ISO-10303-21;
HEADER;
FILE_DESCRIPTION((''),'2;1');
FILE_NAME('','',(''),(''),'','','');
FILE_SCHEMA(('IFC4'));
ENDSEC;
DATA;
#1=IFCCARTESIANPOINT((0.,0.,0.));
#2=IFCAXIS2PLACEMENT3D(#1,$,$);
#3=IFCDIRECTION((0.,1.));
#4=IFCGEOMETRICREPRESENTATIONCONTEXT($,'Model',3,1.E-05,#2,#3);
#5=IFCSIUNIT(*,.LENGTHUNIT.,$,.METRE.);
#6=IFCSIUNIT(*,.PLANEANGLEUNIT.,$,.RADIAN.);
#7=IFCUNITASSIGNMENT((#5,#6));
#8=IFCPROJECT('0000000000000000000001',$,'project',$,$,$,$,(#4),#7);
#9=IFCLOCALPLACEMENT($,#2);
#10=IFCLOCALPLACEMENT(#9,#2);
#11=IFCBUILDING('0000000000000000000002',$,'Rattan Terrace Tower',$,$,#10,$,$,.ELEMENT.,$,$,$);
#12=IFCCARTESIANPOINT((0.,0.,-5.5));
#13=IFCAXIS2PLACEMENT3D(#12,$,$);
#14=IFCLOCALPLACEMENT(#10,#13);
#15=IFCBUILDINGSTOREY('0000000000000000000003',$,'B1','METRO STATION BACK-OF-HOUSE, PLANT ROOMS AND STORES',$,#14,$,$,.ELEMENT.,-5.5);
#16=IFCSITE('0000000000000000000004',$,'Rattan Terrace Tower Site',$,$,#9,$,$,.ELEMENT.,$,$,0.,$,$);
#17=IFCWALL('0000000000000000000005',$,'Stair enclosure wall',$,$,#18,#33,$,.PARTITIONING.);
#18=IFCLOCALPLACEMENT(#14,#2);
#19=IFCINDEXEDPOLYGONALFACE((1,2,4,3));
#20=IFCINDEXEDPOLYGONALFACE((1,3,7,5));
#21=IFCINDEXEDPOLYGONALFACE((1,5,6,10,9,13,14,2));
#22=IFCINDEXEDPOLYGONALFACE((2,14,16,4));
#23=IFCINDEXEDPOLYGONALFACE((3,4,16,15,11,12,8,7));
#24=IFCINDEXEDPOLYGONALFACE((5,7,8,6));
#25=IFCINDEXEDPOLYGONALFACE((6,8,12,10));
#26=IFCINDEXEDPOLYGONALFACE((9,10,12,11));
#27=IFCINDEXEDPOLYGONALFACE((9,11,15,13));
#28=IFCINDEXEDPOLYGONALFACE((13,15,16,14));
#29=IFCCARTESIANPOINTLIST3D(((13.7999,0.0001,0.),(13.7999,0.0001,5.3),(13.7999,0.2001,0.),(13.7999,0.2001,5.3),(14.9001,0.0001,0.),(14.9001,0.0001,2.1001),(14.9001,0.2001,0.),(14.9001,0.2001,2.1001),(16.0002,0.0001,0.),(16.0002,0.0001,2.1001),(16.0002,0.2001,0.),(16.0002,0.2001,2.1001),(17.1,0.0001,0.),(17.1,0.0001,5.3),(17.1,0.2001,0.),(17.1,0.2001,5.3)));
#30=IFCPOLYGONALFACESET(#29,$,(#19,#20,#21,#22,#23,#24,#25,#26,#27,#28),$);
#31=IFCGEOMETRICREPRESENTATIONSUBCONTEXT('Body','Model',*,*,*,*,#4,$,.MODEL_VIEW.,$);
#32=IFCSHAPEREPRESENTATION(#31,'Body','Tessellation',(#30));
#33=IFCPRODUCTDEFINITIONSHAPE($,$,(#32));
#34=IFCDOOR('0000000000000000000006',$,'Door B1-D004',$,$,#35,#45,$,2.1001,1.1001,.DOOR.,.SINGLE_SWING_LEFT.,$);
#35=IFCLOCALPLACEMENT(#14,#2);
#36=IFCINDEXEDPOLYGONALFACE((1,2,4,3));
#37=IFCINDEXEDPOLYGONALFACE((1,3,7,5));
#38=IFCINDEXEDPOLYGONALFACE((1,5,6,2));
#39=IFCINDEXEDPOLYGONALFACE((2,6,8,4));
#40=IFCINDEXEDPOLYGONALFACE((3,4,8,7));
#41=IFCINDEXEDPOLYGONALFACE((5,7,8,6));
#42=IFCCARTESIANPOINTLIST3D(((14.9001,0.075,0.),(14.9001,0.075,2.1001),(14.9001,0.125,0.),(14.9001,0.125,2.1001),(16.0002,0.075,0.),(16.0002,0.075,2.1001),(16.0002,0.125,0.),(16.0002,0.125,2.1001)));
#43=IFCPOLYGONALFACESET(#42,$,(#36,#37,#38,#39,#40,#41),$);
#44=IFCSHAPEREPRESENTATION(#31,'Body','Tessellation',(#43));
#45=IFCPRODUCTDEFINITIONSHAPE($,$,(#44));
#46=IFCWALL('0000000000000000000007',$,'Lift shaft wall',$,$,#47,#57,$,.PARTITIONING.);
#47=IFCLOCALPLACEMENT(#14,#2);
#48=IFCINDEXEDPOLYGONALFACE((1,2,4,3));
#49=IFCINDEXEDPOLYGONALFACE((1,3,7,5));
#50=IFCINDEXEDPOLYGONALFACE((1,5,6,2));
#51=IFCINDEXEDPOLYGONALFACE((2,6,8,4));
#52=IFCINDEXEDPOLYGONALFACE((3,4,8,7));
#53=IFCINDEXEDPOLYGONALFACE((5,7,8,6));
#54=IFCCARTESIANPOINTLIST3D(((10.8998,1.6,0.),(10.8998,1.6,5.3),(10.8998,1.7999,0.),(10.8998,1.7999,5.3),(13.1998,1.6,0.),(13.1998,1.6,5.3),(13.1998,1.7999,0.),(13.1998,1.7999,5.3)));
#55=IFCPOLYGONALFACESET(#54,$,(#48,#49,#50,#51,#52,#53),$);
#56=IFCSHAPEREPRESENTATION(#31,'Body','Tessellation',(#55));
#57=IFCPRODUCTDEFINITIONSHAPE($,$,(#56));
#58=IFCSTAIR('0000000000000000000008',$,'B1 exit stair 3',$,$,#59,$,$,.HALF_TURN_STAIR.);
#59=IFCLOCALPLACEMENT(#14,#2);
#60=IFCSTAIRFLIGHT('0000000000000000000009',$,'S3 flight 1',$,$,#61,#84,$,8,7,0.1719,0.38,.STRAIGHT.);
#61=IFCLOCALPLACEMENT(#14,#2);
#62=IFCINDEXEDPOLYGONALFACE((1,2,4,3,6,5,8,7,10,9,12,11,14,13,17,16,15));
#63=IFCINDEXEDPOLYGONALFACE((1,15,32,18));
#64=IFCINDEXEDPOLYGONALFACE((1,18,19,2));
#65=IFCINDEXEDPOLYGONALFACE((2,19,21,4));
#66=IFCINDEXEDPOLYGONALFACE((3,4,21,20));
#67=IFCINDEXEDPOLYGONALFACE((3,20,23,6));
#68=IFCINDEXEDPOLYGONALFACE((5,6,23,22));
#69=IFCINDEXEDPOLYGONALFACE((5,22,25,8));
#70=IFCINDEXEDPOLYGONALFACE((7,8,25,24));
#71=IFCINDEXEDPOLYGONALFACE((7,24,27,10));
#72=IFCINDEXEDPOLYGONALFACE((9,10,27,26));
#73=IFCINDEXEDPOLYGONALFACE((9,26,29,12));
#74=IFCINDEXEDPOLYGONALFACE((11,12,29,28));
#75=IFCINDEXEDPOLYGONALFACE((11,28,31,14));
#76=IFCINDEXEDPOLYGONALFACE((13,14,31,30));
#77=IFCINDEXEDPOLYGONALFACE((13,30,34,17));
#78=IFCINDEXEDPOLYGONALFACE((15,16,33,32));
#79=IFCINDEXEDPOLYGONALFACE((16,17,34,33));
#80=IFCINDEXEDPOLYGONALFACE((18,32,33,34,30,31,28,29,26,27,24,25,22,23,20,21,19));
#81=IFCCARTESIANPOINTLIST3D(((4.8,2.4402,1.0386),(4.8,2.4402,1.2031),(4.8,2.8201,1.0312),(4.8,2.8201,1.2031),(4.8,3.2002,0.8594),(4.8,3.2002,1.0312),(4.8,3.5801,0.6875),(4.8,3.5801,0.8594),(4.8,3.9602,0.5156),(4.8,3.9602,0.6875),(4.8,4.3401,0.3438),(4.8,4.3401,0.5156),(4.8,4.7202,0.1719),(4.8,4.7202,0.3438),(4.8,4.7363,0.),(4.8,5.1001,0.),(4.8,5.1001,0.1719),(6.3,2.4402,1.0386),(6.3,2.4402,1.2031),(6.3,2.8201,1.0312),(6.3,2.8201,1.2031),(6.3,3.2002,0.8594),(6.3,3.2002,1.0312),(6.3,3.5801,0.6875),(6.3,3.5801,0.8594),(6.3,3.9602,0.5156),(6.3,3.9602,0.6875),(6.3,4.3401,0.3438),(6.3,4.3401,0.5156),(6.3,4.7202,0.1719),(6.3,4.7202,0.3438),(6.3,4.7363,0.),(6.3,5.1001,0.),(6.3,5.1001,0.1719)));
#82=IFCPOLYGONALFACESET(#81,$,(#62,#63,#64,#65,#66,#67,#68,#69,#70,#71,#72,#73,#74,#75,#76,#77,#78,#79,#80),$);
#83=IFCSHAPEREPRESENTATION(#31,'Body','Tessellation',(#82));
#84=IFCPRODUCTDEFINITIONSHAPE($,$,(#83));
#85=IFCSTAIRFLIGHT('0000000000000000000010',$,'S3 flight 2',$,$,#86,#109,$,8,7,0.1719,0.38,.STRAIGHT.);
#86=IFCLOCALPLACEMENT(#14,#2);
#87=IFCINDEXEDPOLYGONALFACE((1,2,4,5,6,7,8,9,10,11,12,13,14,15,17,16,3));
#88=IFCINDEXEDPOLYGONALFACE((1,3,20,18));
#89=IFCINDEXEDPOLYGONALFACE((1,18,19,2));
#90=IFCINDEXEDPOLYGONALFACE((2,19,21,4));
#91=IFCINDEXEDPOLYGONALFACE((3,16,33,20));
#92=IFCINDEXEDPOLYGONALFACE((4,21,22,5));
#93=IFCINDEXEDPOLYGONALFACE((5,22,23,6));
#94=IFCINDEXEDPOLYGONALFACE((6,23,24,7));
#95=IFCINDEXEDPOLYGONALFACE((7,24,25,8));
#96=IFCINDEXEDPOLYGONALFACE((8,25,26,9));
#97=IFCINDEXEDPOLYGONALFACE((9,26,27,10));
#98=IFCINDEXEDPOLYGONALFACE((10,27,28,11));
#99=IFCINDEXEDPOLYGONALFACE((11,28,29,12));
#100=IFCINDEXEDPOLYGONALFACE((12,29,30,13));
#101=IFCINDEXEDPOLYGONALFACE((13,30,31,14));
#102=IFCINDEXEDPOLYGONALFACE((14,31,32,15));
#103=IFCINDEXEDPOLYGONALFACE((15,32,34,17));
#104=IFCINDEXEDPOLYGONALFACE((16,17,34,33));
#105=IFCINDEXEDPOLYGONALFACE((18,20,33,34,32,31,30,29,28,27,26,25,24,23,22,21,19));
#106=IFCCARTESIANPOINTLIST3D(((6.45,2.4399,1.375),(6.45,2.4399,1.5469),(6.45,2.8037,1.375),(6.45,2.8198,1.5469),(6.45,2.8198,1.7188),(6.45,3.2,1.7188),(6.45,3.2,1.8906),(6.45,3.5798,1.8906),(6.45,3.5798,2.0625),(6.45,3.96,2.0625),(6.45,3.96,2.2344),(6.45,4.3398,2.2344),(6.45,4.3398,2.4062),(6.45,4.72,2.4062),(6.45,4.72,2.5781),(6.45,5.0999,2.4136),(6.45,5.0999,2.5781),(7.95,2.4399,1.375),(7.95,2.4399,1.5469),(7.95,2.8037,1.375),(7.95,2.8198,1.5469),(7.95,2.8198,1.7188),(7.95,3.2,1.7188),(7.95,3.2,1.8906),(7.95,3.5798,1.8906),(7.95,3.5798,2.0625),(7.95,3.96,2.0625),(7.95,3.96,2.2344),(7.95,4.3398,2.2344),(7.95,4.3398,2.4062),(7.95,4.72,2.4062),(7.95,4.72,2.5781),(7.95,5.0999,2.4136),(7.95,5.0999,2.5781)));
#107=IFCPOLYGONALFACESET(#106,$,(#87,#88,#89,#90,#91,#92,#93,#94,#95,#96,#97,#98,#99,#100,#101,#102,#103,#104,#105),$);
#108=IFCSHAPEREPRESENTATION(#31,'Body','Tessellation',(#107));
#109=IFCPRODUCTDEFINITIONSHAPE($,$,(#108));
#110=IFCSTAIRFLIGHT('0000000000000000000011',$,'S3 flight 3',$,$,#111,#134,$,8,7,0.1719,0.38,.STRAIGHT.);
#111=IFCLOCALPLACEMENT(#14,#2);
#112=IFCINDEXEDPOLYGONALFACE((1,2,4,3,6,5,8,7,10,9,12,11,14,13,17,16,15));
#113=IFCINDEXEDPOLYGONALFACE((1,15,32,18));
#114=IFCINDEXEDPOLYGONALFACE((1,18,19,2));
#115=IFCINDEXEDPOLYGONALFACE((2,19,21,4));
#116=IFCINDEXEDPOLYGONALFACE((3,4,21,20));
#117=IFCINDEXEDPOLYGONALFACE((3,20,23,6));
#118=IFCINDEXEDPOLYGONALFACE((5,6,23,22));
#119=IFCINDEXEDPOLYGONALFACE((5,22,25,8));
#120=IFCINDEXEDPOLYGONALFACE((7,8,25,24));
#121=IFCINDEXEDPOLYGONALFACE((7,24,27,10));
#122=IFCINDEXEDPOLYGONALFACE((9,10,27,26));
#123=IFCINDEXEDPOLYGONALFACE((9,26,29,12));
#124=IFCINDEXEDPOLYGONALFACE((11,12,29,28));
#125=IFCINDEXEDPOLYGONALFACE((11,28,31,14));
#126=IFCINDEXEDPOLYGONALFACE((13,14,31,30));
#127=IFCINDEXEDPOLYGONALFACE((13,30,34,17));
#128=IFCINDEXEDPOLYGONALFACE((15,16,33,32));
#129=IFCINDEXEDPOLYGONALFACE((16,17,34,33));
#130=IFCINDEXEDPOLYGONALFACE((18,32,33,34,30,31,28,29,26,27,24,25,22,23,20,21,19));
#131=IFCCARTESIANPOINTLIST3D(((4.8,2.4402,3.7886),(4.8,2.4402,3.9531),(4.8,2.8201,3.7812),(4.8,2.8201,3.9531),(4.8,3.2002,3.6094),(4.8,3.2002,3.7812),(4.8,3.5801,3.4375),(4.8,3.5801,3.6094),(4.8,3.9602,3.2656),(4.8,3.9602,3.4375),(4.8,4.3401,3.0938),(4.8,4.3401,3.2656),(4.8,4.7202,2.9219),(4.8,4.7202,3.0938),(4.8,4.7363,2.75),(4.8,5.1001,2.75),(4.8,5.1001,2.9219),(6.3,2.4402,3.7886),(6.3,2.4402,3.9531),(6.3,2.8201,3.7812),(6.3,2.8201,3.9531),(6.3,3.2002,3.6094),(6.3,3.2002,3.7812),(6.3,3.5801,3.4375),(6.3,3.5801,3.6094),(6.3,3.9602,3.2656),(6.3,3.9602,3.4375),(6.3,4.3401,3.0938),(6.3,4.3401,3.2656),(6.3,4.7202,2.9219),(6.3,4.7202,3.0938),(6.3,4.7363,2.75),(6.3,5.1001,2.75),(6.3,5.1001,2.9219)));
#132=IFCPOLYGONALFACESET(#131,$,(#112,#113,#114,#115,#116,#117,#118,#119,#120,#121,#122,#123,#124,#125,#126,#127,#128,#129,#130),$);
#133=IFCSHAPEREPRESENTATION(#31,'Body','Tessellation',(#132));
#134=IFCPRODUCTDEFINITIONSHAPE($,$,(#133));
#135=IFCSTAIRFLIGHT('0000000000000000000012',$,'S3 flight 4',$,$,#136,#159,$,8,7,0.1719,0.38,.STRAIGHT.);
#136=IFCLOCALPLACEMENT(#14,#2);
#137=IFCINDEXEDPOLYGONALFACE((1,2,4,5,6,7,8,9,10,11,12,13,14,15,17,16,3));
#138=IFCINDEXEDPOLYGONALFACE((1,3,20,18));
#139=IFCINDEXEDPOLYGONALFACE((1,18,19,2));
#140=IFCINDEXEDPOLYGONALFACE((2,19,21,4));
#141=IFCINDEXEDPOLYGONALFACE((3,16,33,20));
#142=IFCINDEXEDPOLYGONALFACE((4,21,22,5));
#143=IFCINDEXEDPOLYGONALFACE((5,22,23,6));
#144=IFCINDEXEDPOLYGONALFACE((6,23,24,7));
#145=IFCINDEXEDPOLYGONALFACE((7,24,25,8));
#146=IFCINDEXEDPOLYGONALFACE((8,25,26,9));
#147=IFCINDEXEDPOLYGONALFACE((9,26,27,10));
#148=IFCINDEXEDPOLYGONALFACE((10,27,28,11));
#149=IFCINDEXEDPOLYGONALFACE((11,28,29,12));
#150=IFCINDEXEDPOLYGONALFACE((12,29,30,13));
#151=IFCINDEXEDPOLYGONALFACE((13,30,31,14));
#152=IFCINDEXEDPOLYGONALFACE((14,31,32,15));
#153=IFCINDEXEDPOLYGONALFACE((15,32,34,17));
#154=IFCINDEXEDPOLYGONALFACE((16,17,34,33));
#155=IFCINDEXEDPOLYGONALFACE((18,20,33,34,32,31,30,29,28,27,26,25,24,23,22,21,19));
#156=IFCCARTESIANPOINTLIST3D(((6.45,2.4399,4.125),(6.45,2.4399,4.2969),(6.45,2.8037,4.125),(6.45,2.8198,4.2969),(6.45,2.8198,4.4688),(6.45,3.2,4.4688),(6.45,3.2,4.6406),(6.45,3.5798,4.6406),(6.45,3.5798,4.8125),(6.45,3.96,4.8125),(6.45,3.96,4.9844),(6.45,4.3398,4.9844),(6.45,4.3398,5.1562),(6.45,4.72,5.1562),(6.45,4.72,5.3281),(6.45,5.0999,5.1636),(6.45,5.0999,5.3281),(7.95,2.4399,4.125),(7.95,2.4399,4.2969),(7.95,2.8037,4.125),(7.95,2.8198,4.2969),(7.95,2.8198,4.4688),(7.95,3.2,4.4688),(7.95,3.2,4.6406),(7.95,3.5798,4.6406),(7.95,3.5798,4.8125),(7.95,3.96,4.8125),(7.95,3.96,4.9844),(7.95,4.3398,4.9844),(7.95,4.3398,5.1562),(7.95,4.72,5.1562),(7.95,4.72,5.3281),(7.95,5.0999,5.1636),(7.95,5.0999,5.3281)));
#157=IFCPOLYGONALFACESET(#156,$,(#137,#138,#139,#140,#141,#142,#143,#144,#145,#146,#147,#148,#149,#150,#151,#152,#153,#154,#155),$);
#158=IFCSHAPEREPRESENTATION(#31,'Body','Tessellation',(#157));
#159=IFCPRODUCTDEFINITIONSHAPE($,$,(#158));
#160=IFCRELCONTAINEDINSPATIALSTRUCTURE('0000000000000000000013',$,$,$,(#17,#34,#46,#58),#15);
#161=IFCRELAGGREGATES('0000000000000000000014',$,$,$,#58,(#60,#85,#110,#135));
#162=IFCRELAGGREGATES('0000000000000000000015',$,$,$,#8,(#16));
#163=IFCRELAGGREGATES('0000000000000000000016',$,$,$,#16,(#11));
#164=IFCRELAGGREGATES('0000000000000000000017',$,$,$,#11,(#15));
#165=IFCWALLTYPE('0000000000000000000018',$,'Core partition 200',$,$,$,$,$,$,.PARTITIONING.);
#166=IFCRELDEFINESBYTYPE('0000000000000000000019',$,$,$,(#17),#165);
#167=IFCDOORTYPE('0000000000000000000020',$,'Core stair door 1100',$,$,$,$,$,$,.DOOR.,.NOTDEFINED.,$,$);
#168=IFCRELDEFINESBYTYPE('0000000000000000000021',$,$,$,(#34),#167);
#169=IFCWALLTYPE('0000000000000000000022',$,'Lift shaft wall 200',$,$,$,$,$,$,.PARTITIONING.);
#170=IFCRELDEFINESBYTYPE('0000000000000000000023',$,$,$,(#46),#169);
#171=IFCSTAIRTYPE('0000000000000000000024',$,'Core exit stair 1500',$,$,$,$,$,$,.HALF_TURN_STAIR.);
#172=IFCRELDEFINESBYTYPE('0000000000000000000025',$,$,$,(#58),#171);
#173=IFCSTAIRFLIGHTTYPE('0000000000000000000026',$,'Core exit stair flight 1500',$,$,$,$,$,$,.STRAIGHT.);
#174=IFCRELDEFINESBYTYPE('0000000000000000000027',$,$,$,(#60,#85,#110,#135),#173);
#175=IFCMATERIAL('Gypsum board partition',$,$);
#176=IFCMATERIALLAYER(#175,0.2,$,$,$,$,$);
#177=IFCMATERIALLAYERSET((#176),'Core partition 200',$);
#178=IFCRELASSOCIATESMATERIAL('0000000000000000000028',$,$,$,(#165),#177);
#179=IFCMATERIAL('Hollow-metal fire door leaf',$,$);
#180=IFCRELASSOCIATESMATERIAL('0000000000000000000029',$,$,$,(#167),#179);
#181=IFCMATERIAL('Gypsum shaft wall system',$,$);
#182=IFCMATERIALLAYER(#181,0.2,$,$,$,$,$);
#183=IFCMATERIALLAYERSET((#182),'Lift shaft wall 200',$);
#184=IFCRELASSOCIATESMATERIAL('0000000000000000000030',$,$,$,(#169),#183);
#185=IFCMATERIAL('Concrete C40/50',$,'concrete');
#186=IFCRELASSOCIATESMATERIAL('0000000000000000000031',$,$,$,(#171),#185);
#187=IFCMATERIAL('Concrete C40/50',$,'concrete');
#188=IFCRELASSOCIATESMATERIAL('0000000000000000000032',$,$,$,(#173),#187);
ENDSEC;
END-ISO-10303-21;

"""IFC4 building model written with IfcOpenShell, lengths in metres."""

from ifc_helpers import new_model, si_unit, direction, frame, frame_2d, origin, place, context, subcontext, project, spatial, polyline, rectangle, outline, extrude, material, layer, layer_set, type_object, element, fill, aggregate, save


model = new_model("IFC4")

# Units and contexts
model_context = context("Model", 3, precision=1e-05, world=origin(), true_north=direction((0.0, 1.0)))
body_context = subcontext(model_context, "Body", "Model", "MODEL_VIEW")
ifc_project = project(units=[si_unit("LENGTHUNIT", "METRE"), si_unit("PLANEANGLEUNIT", "RADIAN")], contexts=[model_context])

# Site, building, storey
site_placement = place(None, origin())
site = spatial("IfcSite", under=ifc_project, at=site_placement, Name="Rattan Terrace Tower Site", CompositionType="ELEMENT", RefElevation=0.0)
building_placement = place(site_placement, origin())
building = spatial("IfcBuilding", under=site, at=building_placement, Name="Rattan Terrace Tower", CompositionType="ELEMENT")
storey_placement = place(building_placement, frame((0.0, 0.0, -5.5)))
storey = spatial("IfcBuildingStorey", under=building, at=storey_placement, Name="B1", Description="METRO STATION BACK-OF-HOUSE, PLANT ROOMS AND STORES", CompositionType="ELEMENT", Elevation=-5.5)

# Wall, opening, door
ifc_material_1 = material(Name="Gypsum board partition")
ifc_layer_1 = layer(ifc_material_1, 0.2)
ifc_layer_set_1 = layer_set([ifc_layer_1], Name="Core partition 200")
wall_type_1 = type_object("IfcWallType", Name="Core partition 200", PredefinedType="PARTITIONING", material=ifc_layer_set_1)
wall_1_placement = place(storey_placement, frame((13.8, 0.1001, 0.0), z_axis=(0.0, 0.0, 1.0), x_axis=(1.0, 0.0, 0.0)))
wall_1 = element("IfcWall", 1, at=wall_1_placement, inside=storey, type_object=wall_type_1, Name="Stair enclosure wall", PredefinedType="PARTITIONING", context=body_context, shape_type="SweptSolid", body=[
    extrude(rectangle(XDim=3.3, YDim=0.2, at=frame_2d((1.6499, 0.0))), origin(), (0.0, 0.0, 1.0), 5.3),
])
opening_placement = place(wall_1_placement, frame((1.1001, 0.0, 0.0)))
opening = element("IfcOpeningElement", 2, at=opening_placement, cuts=wall_1, PredefinedType="OPENING", context=body_context, shape_type="SweptSolid", body=[
    extrude(rectangle(XDim=1.1001, YDim=2.1001, at=frame_2d((0.55, 1.05))), frame((0.0, 0.1106, 0.0), z_axis=(0.0, -1.0, 0.0), x_axis=(1.0, 0.0, 0.0)), (0.0, 0.0, 1.0), 0.2209),
])
ifc_material_2 = material(Name="Hollow-metal fire door leaf")
door_type = type_object("IfcDoorType", Name="Core stair door 1100", OperationType="NOTDEFINED", PredefinedType="DOOR", material=ifc_material_2)
door_placement = place(opening_placement, origin())
door = element("IfcDoor", 3, at=door_placement, inside=storey, type_object=door_type, Name="Door B1-D004", OperationType="SINGLE_SWING_LEFT", OverallHeight=2.1001, OverallWidth=1.1001, PredefinedType="DOOR", context=body_context, shape_type="SweptSolid", body=[
    extrude(rectangle(XDim=1.1001, YDim=2.1001, at=frame_2d((0.55, 1.05))), frame((0.0, 0.0249, 0.0), z_axis=(0.0, -1.0, 0.0), x_axis=(1.0, 0.0, 0.0)), (0.0, 0.0, 1.0), 0.05),
])
fill(opening, door)

# Wall
ifc_material_3 = material(Name="Gypsum shaft wall system")
ifc_layer_2 = layer(ifc_material_3, 0.2)
ifc_layer_set_2 = layer_set([ifc_layer_2], Name="Lift shaft wall 200")
wall_type_2 = type_object("IfcWallType", Name="Lift shaft wall 200", PredefinedType="PARTITIONING", material=ifc_layer_set_2)
wall_2_placement = place(storey_placement, frame((10.8999, 1.7, 0.0), z_axis=(0.0, 0.0, 1.0), x_axis=(1.0, 0.0, 0.0)))
element("IfcWall", 4, at=wall_2_placement, inside=storey, type_object=wall_type_2, Name="Lift shaft wall", PredefinedType="PARTITIONING", context=body_context, shape_type="SweptSolid", body=[
    extrude(rectangle(XDim=2.3, YDim=0.2, at=frame_2d((1.1499, 0.0))), origin(), (0.0, 0.0, 1.0), 5.3),
])

# Stair, stair flights
ifc_material_4 = material(Name="Concrete C40/50", Category="concrete")
stair_type = type_object("IfcStairType", Name="Core exit stair 1500", PredefinedType="HALF_TURN_STAIR", material=ifc_material_4)
stair_placement = place(storey_placement, origin())
stair = element("IfcStair", 5, at=stair_placement, inside=storey, type_object=stair_type, Name="B1 exit stair 3", PredefinedType="HALF_TURN_STAIR")
ifc_material_5 = material(Name="Concrete C40/50", Category="concrete")
stair_flight_type = type_object("IfcStairFlightType", Name="Core exit stair flight 1500", PredefinedType="STRAIGHT", material=ifc_material_5)
stair_flight_1_placement = place(storey_placement, frame((5.55, 5.1001, 0.0), z_axis=(0.0, 0.0, 1.0), x_axis=(0.0, -1.0, 0.0)))
stair_flight_1 = element("IfcStairFlight", 6, at=stair_flight_1_placement, type_object=stair_flight_type, Name="S3 flight 1", NumberOfRisers=8, NumberOfTreads=7, PredefinedType="STRAIGHT", RiserHeight=0.1719, TreadLength=0.38, context=body_context, shape_type="SweptSolid", body=[
    extrude(outline(polyline([(0.0, 0.0), (0.0, 0.1719), (0.3799, 0.1719), (0.3799, 0.3438), (0.76, 0.3438), (0.76, 0.5156), (1.1399, 0.5156), (1.1399, 0.6875), (1.52, 0.6875), (1.52, 0.8594), (1.8999, 0.8594), (1.8999, 1.0312), (2.28, 1.0312), (2.28, 1.2031), (2.6599, 1.2031), (2.6599, 1.375), (2.6599, 1.0386), (0.3638, 0.0), (0.0, 0.0)])), frame((0.0, 0.75, 0.0), z_axis=(0.0, -1.0, 0.0), x_axis=(1.0, 0.0, 0.0)), (0.0, 0.0, 1.0), 1.5),
])
stair_flight_2_placement = place(storey_placement, frame((7.2, 2.4399, 1.375), z_axis=(0.0, 0.0, 1.0), x_axis=(0.0, 1.0, 0.0)))
stair_flight_2 = element("IfcStairFlight", 7, at=stair_flight_2_placement, type_object=stair_flight_type, Name="S3 flight 2", NumberOfRisers=8, NumberOfTreads=7, PredefinedType="STRAIGHT", RiserHeight=0.1719, TreadLength=0.38, context=body_context, shape_type="SweptSolid", body=[
    extrude(outline(polyline([(0.0, 0.0), (0.0, 0.1719), (0.3799, 0.1719), (0.3799, 0.3438), (0.76, 0.3438), (0.76, 0.5156), (1.1399, 0.5156), (1.1399, 0.6875), (1.52, 0.6875), (1.52, 0.8594), (1.8999, 0.8594), (1.8999, 1.0312), (2.28, 1.0312), (2.28, 1.2031), (2.6599, 1.2031), (2.6599, 1.375), (2.6599, 1.0386), (0.3638, 0.0), (0.0, 0.0)])), frame((0.0, 0.75, 0.0), z_axis=(0.0, -1.0, 0.0), x_axis=(1.0, 0.0, 0.0)), (0.0, 0.0, 1.0), 1.5),
])
stair_flight_3_placement = place(storey_placement, frame((5.55, 5.1001, 2.75), z_axis=(0.0, 0.0, 1.0), x_axis=(0.0, -1.0, 0.0)))
stair_flight_3 = element("IfcStairFlight", 8, at=stair_flight_3_placement, type_object=stair_flight_type, Name="S3 flight 3", NumberOfRisers=8, NumberOfTreads=7, PredefinedType="STRAIGHT", RiserHeight=0.1719, TreadLength=0.38, context=body_context, shape_type="SweptSolid", body=[
    extrude(outline(polyline([(0.0, 0.0), (0.0, 0.1719), (0.3799, 0.1719), (0.3799, 0.3438), (0.76, 0.3438), (0.76, 0.5156), (1.1399, 0.5156), (1.1399, 0.6875), (1.52, 0.6875), (1.52, 0.8594), (1.8999, 0.8594), (1.8999, 1.0312), (2.28, 1.0312), (2.28, 1.2031), (2.6599, 1.2031), (2.6599, 1.375), (2.6599, 1.0386), (0.3638, 0.0), (0.0, 0.0)])), frame((0.0, 0.75, 0.0), z_axis=(0.0, -1.0, 0.0), x_axis=(1.0, 0.0, 0.0)), (0.0, 0.0, 1.0), 1.5),
])
stair_flight_4_placement = place(storey_placement, frame((7.2, 2.4399, 4.125), z_axis=(0.0, 0.0, 1.0), x_axis=(0.0, 1.0, 0.0)))
stair_flight_4 = element("IfcStairFlight", 9, at=stair_flight_4_placement, type_object=stair_flight_type, Name="S3 flight 4", NumberOfRisers=8, NumberOfTreads=7, PredefinedType="STRAIGHT", RiserHeight=0.1719, TreadLength=0.38, context=body_context, shape_type="SweptSolid", body=[
    extrude(outline(polyline([(0.0, 0.0), (0.0, 0.1719), (0.3799, 0.1719), (0.3799, 0.3438), (0.76, 0.3438), (0.76, 0.5156), (1.1399, 0.5156), (1.1399, 0.6875), (1.52, 0.6875), (1.52, 0.8594), (1.8999, 0.8594), (1.8999, 1.0312), (2.28, 1.0312), (2.28, 1.2031), (2.6599, 1.2031), (2.6599, 1.375), (2.6599, 1.0386), (0.3638, 0.0), (0.0, 0.0)])), frame((0.0, 0.75, 0.0), z_axis=(0.0, -1.0, 0.0), x_axis=(1.0, 0.0, 0.0)), (0.0, 0.0, 1.0), 1.5),
])
aggregate(stair, [stair_flight_1, stair_flight_2, stair_flight_3, stair_flight_4])

save(model, "model.ifc")
